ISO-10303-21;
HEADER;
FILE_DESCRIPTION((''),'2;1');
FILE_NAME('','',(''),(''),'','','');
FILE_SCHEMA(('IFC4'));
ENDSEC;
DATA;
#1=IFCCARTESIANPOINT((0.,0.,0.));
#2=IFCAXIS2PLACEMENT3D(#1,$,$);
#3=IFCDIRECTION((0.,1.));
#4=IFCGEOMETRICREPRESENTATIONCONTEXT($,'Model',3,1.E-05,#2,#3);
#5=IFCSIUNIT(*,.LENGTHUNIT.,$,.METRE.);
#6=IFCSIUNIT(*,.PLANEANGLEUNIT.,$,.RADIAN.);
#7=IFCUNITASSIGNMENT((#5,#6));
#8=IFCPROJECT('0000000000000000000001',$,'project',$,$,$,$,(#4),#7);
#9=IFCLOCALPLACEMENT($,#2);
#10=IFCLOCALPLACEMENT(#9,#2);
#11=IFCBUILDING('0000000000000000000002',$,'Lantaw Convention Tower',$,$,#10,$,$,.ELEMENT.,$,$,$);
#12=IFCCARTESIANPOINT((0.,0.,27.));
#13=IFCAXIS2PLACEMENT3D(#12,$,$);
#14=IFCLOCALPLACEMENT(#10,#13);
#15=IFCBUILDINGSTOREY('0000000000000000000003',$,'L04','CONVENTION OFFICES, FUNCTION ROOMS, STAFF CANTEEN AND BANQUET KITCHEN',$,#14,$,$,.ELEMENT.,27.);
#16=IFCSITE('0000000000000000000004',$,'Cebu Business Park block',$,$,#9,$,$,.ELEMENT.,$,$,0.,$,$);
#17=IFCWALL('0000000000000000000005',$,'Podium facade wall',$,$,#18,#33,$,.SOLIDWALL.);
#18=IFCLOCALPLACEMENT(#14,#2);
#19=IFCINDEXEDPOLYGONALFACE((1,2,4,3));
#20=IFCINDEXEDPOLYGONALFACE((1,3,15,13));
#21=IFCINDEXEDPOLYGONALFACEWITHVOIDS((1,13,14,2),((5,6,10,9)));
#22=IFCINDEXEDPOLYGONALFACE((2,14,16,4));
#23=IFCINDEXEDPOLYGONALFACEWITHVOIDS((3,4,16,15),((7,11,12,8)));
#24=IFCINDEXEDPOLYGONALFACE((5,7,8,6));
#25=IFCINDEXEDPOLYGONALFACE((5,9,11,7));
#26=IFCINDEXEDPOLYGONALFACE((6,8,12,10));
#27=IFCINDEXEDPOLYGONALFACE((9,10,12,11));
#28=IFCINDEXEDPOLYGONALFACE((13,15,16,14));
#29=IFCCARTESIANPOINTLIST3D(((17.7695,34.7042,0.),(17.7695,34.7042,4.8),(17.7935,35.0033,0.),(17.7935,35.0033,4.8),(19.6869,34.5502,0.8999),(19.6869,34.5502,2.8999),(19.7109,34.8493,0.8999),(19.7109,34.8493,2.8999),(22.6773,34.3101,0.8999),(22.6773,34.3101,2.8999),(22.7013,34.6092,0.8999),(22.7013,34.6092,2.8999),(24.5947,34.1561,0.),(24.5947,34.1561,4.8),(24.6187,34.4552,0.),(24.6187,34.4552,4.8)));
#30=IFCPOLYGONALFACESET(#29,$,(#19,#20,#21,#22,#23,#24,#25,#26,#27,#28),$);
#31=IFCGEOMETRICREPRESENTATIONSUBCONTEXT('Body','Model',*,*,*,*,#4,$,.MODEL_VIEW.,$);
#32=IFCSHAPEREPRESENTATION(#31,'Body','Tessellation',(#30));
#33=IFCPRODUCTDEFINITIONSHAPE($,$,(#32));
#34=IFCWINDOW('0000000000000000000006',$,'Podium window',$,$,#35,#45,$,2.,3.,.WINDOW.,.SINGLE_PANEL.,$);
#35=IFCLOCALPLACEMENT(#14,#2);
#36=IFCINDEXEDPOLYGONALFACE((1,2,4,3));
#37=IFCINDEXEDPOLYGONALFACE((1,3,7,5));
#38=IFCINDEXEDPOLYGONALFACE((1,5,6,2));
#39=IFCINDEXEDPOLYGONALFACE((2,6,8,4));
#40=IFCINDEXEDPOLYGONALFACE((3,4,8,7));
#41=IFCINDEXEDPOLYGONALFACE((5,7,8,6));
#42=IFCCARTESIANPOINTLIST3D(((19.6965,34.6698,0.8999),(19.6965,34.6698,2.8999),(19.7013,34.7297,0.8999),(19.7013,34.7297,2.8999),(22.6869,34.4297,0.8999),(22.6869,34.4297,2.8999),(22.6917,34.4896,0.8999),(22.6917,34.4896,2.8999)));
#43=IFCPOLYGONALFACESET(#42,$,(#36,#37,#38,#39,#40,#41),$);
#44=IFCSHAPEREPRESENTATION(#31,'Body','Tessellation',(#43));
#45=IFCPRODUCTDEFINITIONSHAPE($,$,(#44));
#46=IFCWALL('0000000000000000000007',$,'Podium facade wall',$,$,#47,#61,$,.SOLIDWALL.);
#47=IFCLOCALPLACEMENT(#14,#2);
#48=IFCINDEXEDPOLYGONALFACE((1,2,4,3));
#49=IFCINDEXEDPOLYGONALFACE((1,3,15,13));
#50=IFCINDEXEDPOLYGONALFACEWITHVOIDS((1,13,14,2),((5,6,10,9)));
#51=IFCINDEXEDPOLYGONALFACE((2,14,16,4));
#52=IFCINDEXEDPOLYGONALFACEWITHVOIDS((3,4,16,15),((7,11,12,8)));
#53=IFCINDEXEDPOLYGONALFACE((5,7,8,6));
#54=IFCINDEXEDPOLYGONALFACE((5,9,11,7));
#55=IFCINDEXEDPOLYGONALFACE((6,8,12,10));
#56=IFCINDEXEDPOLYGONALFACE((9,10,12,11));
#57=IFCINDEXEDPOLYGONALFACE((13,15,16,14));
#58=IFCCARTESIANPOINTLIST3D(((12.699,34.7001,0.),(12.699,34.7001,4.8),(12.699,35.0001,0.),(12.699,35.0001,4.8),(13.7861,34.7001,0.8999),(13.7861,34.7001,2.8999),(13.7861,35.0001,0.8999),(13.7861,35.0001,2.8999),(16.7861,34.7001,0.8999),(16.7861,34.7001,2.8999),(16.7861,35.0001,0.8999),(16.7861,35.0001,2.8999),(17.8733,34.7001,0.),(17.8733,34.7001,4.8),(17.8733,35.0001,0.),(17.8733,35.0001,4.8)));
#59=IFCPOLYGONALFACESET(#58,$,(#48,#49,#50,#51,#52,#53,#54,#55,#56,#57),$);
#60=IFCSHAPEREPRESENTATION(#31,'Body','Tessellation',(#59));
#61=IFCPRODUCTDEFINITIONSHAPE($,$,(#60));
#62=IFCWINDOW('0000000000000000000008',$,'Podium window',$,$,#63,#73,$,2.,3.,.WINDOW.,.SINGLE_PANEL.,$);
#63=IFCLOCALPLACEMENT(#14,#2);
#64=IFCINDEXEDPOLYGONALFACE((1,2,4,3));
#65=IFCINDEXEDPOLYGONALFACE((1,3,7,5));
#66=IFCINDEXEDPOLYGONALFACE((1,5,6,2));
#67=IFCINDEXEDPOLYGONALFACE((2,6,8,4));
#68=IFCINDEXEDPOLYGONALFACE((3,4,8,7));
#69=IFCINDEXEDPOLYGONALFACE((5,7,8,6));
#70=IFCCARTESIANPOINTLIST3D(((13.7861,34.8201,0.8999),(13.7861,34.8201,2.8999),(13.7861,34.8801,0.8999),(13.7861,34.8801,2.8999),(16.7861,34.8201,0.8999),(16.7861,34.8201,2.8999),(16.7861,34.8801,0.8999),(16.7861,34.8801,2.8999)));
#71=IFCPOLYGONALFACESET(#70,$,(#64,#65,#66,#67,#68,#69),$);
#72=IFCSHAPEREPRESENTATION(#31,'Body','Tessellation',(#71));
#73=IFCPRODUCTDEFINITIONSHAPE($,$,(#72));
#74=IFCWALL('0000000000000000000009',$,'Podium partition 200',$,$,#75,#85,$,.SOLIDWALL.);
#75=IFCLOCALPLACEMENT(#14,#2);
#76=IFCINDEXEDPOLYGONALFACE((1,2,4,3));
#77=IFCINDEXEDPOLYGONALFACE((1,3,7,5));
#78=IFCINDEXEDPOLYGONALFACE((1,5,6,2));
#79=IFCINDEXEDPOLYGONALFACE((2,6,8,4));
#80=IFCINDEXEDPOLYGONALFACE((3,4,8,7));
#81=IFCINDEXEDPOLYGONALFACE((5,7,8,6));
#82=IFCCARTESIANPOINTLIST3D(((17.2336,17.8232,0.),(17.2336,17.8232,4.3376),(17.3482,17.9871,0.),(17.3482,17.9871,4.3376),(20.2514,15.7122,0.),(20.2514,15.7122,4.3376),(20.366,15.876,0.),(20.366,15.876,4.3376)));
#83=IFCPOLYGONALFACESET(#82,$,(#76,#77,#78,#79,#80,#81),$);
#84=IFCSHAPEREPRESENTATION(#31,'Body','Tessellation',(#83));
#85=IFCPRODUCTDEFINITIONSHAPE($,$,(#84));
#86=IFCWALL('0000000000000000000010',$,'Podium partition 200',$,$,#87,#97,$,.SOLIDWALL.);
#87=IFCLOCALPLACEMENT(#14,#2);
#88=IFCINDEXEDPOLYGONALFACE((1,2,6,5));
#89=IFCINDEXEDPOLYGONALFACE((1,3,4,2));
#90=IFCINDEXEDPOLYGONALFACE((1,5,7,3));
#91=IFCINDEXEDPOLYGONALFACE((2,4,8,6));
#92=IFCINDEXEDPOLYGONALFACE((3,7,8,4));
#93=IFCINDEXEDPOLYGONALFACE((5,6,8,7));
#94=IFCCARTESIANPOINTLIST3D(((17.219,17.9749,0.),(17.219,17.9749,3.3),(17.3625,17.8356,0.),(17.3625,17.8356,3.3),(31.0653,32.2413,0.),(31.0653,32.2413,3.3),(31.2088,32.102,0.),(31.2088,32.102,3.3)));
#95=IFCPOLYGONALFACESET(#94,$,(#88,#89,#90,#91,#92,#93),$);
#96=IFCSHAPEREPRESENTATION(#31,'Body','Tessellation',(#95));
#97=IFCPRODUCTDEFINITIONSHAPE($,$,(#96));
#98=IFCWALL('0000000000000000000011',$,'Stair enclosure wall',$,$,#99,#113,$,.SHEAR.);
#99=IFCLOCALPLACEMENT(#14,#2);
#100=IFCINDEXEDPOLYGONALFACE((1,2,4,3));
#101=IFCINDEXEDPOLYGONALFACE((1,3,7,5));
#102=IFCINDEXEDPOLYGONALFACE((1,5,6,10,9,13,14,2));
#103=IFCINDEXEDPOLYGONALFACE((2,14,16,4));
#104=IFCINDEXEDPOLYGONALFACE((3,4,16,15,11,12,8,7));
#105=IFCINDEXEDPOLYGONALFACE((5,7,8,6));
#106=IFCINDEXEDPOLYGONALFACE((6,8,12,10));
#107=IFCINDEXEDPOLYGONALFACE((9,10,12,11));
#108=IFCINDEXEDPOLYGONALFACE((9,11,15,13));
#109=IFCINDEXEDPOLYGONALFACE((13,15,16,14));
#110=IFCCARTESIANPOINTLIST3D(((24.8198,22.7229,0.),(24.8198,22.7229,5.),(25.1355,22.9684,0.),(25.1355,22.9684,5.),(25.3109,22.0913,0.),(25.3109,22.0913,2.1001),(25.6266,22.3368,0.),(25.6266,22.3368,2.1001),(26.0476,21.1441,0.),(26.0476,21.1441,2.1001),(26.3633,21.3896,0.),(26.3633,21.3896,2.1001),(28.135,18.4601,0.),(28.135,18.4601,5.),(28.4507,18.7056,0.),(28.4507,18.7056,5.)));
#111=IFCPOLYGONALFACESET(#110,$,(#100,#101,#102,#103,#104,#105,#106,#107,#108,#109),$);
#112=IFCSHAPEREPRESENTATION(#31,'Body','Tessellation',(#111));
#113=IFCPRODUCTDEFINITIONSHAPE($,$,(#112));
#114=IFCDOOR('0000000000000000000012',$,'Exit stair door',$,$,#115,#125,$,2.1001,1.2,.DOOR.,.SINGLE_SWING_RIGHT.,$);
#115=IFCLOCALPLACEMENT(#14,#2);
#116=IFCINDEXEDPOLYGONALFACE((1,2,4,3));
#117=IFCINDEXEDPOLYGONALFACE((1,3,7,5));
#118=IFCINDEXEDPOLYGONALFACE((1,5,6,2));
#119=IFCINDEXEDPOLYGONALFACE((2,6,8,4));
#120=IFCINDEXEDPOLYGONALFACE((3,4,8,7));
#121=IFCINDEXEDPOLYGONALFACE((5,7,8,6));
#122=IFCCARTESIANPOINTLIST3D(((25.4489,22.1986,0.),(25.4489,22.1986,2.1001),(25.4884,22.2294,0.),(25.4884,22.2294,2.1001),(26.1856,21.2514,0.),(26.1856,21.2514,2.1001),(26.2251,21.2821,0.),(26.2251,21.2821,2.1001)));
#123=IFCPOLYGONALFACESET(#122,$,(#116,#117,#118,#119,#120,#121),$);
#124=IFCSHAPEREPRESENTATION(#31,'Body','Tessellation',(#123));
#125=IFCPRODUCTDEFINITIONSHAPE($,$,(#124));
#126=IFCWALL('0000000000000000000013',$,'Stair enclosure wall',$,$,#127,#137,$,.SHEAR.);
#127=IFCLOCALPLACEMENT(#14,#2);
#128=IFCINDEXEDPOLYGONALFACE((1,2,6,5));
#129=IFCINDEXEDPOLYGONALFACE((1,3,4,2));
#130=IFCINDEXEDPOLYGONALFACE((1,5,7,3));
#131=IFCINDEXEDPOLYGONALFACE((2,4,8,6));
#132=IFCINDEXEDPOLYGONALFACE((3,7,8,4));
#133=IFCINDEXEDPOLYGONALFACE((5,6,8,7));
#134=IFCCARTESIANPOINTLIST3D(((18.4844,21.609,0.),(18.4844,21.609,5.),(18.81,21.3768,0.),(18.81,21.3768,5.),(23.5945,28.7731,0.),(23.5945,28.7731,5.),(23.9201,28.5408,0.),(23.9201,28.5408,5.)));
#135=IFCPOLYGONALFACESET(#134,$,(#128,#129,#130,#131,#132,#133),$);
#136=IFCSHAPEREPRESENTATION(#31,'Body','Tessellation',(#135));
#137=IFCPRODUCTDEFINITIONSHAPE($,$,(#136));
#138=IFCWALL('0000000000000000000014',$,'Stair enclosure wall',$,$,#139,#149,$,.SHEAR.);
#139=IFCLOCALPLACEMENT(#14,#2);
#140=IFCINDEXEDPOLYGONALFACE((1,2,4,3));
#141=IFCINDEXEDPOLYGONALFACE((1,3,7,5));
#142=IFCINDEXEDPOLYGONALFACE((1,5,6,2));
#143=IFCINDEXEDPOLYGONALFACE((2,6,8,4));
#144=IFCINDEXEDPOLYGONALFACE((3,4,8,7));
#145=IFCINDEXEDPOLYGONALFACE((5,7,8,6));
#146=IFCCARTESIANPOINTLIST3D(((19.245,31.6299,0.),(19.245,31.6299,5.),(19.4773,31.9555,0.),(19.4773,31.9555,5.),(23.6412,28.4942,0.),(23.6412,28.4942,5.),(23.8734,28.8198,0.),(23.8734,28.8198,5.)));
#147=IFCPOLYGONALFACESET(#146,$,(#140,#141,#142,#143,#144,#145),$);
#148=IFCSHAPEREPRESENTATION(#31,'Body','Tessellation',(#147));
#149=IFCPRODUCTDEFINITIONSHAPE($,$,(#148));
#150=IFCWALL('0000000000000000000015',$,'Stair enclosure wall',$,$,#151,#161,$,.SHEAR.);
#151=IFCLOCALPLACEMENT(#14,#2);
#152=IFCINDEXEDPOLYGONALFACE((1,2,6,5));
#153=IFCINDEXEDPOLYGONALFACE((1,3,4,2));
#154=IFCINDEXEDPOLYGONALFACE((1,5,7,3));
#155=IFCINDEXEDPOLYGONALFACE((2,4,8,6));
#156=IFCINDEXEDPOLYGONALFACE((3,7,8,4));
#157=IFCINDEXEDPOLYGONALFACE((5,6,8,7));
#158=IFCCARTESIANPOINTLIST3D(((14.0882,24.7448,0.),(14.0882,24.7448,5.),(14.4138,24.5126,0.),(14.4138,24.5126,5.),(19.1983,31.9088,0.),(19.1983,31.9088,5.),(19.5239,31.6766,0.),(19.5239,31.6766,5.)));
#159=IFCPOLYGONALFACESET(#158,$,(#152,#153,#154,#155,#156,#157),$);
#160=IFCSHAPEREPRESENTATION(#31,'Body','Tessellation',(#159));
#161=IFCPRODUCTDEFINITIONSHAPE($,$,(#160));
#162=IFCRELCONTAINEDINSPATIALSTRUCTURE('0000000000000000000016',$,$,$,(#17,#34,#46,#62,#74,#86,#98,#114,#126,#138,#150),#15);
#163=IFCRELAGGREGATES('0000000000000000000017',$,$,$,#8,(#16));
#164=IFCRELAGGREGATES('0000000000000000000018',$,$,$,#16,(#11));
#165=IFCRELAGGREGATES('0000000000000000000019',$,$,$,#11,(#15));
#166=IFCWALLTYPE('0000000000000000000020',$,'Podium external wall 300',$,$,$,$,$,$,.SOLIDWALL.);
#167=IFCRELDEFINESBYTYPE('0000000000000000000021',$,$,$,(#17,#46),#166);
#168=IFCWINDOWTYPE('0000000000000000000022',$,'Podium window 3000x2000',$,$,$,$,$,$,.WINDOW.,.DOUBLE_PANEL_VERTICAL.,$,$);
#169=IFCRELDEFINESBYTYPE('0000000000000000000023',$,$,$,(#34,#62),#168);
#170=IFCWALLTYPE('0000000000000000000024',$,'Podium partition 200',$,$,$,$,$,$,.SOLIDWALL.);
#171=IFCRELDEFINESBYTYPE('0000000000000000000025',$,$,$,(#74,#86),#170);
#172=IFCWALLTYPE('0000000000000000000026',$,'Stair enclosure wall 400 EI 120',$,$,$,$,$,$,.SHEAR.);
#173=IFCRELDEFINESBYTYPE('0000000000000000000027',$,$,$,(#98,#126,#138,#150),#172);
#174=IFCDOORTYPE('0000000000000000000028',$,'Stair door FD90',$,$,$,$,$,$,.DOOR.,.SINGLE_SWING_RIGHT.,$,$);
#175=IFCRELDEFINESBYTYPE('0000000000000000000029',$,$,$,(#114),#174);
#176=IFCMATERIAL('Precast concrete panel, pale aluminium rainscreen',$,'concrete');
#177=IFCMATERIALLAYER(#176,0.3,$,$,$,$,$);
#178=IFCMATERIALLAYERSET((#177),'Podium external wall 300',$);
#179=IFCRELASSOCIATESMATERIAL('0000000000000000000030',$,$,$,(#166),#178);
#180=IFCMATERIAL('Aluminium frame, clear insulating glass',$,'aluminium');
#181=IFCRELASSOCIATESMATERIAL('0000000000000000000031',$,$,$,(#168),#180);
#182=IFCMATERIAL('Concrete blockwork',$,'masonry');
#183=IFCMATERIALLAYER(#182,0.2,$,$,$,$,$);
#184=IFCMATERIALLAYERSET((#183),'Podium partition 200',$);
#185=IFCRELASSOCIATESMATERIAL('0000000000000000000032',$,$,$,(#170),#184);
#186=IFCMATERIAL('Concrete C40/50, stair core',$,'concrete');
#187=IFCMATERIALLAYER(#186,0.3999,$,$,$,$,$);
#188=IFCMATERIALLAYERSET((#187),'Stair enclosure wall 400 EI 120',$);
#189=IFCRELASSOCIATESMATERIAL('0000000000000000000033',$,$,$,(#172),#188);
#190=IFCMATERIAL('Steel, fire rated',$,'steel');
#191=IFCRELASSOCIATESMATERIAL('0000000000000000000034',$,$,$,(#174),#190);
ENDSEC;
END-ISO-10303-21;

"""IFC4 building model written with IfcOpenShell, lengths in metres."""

from ifc_helpers import new_model, si_unit, direction, frame, frame_2d, origin, place, context, subcontext, project, spatial, rectangle, extrude, material, layer, layer_set, type_object, element, fill, save


model = new_model("IFC4")

# Units and contexts
model_context = context("Model", 3, precision=1e-05, world=origin(), true_north=direction((0.0, 1.0)))
body_context = subcontext(model_context, "Body", "Model", "MODEL_VIEW")
ifc_project = project(units=[si_unit("LENGTHUNIT", "METRE"), si_unit("PLANEANGLEUNIT", "RADIAN")], contexts=[model_context])

# Site, building, storey
site_placement = place(None, origin())
site = spatial("IfcSite", under=ifc_project, at=site_placement, Name="Cebu Business Park block", CompositionType="ELEMENT", RefElevation=0.0)
building_placement = place(site_placement, origin())
building = spatial("IfcBuilding", under=site, at=building_placement, Name="Lantaw Convention Tower", CompositionType="ELEMENT")
storey_placement = place(building_placement, frame((0.0, 0.0, 27.0)))
storey = spatial("IfcBuildingStorey", under=building, at=storey_placement, Name="L04", Description="CONVENTION OFFICES, FUNCTION ROOMS, STAFF CANTEEN AND BANQUET KITCHEN", CompositionType="ELEMENT", Elevation=27.0)

# Walls, openings, windows
ifc_material_1 = material(Name="Precast concrete panel, pale aluminium rainscreen", Category="concrete")
ifc_layer_1 = layer(ifc_material_1, 0.3)
ifc_layer_set_1 = layer_set([ifc_layer_1], Name="Podium external wall 300")
wall_type_1 = type_object("IfcWallType", Name="Podium external wall 300", PredefinedType="SOLIDWALL", material=ifc_layer_set_1)
wall_1_placement = place(storey_placement, frame((24.6067, 34.3057, 0.0), z_axis=(0.0, 0.0, 1.0), x_axis=(-0.996791, 0.080047, 0.0)))
wall_1 = element("IfcWall", 1, at=wall_1_placement, inside=storey, type_object=wall_type_1, Name="Podium facade wall", PredefinedType="SOLIDWALL", context=body_context, shape_type="SweptSolid", body=[
    extrude(rectangle(XDim=6.8472, YDim=0.3, at=frame_2d((3.4236, 0.0))), origin(), (0.0, 0.0, 1.0), 4.8),
])
opening_1_placement = place(wall_1_placement, frame((1.9236, 0.0, 0.8999)))
opening_1 = element("IfcOpeningElement", 2, at=opening_1_placement, cuts=wall_1, PredefinedType="OPENING", context=body_context, shape_type="SweptSolid", body=[
    extrude(rectangle(XDim=3.0, YDim=2.0, at=frame_2d((1.5, 1.0))), frame((0.0, 0.1599, 0.0), z_axis=(0.0, -1.0, 0.0), x_axis=(1.0, 0.0, 0.0)), (0.0, 0.0, 1.0), 0.3201),
])
ifc_material_2 = material(Name="Aluminium frame, clear insulating glass", Category="aluminium")
window_type = type_object("IfcWindowType", Name="Podium window 3000x2000", PartitioningType="DOUBLE_PANEL_VERTICAL", PredefinedType="WINDOW", material=ifc_material_2)
window_1_placement = place(opening_1_placement, origin())
window_1 = element("IfcWindow", 3, at=window_1_placement, inside=storey, type_object=window_type, Name="Podium window", OverallHeight=2.0, OverallWidth=3.0, PartitioningType="SINGLE_PANEL", PredefinedType="WINDOW", context=body_context, shape_type="SweptSolid", body=[
    extrude(rectangle(XDim=3.0, YDim=2.0, at=frame_2d((1.5, 1.0))), frame((0.0, 0.03, 0.0), z_axis=(0.0, -1.0, 0.0), x_axis=(1.0, 0.0, 0.0)), (0.0, 0.0, 1.0), 0.0601),
])
fill(opening_1, window_1)
wall_2_placement = place(storey_placement, frame((17.8733, 34.8501, 0.0), z_axis=(0.0, 0.0, 1.0), x_axis=(-1.0, 0.0, 0.0)))
wall_2 = element("IfcWall", 4, at=wall_2_placement, inside=storey, type_object=wall_type_1, Name="Podium facade wall", PredefinedType="SOLIDWALL", context=body_context, shape_type="SweptSolid", body=[
    extrude(rectangle(XDim=5.1743, YDim=0.3, at=frame_2d((2.5872, 0.0))), origin(), (0.0, 0.0, 1.0), 4.8),
])
opening_2_placement = place(wall_2_placement, frame((1.0872, 0.0, 0.8999)))
opening_2 = element("IfcOpeningElement", 5, at=opening_2_placement, cuts=wall_2, PredefinedType="OPENING", context=body_context, shape_type="SweptSolid", body=[
    extrude(rectangle(XDim=3.0, YDim=2.0, at=frame_2d((1.5, 1.0))), frame((0.0, 0.1599, 0.0), z_axis=(0.0, -1.0, 0.0), x_axis=(1.0, 0.0, 0.0)), (0.0, 0.0, 1.0), 0.3201),
])
window_2_placement = place(opening_2_placement, origin())
window_2 = element("IfcWindow", 6, at=window_2_placement, inside=storey, type_object=window_type, Name="Podium window", OverallHeight=2.0, OverallWidth=3.0, PartitioningType="SINGLE_PANEL", PredefinedType="WINDOW", context=body_context, shape_type="SweptSolid", body=[
    extrude(rectangle(XDim=3.0, YDim=2.0, at=frame_2d((1.5, 1.0))), frame((0.0, 0.03, 0.0), z_axis=(0.0, -1.0, 0.0), x_axis=(1.0, 0.0, 0.0)), (0.0, 0.0, 1.0), 0.0601),
])
fill(opening_2, window_2)

# Wall
ifc_material_3 = material(Name="Concrete blockwork", Category="masonry")
ifc_layer_2 = layer(ifc_material_3, 0.2)
ifc_layer_set_2 = layer_set([ifc_layer_2], Name="Podium partition 200")
wall_type_2 = type_object("IfcWallType", Name="Podium partition 200", PredefinedType="SOLIDWALL", material=ifc_layer_set_2)
wall_3_placement = place(storey_placement, frame((20.3086, 15.7942, 0.0), z_axis=(0.0, 0.0, 1.0), x_axis=(-0.819409, 0.573209, 0.0)))
element("IfcWall", 7, at=wall_3_placement, inside=storey, type_object=wall_type_2, Name="Podium partition 200", PredefinedType="SOLIDWALL", context=body_context, shape_type="SweptSolid", body=[
    extrude(rectangle(XDim=3.6829, YDim=0.2, at=frame_2d((1.8413, 0.0))), origin(), (0.0, 0.0, 1.0), 4.3376),
])

# Wall
wall_4_placement = place(storey_placement, frame((17.2908, 17.9053, 0.0), z_axis=(0.0, 0.0, 1.0), x_axis=(0.696461, 0.717595, 0.0)))
element("IfcWall", 8, at=wall_4_placement, inside=storey, type_object=wall_type_2, Name="Podium partition 200", PredefinedType="SOLIDWALL", context=body_context, shape_type="SweptSolid", body=[
    extrude(rectangle(XDim=19.8809, YDim=0.2, at=frame_2d((9.9404, 0.0))), origin(), (0.0, 0.0, 1.0), 3.3),
])

# Wall, opening, door
ifc_material_4 = material(Name="Concrete C40/50, stair core", Category="concrete")
ifc_layer_3 = layer(ifc_material_4, 0.3999)
ifc_layer_set_3 = layer_set([ifc_layer_3], Name="Stair enclosure wall 400 EI 120")
wall_type_3 = type_object("IfcWallType", Name="Stair enclosure wall 400 EI 120", PredefinedType="SHEAR", material=ifc_layer_set_3)
wall_5_placement = place(storey_placement, frame((24.9775, 22.8457, 0.0), z_axis=(0.0, 0.0, 1.0), x_axis=(0.613912, -0.789374, 0.0)))
wall_5 = element("IfcWall", 9, at=wall_5_placement, inside=storey, type_object=wall_type_3, Name="Stair enclosure wall", PredefinedType="SHEAR", context=body_context, shape_type="SweptSolid", body=[
    extrude(rectangle(XDim=5.4001, YDim=0.3999, at=frame_2d((2.7002, 0.0))), origin(), (0.0, 0.0, 1.0), 5.0),
])
opening_3_placement = place(wall_5_placement, frame((0.8, 0.0, 0.0)))
opening_3 = element("IfcOpeningElement", 10, at=opening_3_placement, cuts=wall_5, PredefinedType="OPENING", context=body_context, shape_type="SweptSolid", body=[
    extrude(rectangle(XDim=1.2, YDim=2.1001, at=frame_2d((0.6001, 1.05))), frame((0.0, 0.21, 0.0), z_axis=(0.0, -1.0, 0.0), x_axis=(1.0, 0.0, 0.0)), (0.0, 0.0, 1.0), 0.4199),
])
ifc_material_5 = material(Name="Steel, fire rated", Category="steel")
door_type_1 = type_object("IfcDoorType", Name="Stair door FD90", OperationType="SINGLE_SWING_RIGHT", PredefinedType="DOOR", material=ifc_material_5)
door_1_placement = place(opening_3_placement, origin())
door_1 = element("IfcDoor", 11, at=door_1_placement, inside=storey, type_object=door_type_1, Name="Exit stair door", OperationType="SINGLE_SWING_RIGHT", OverallHeight=2.1001, OverallWidth=1.2, PredefinedType="DOOR", context=body_context, shape_type="SweptSolid", body=[
    extrude(rectangle(XDim=1.2, YDim=2.1001, at=frame_2d((0.6001, 1.05))), frame((0.0, 0.0249, 0.0), z_axis=(0.0, -1.0, 0.0), x_axis=(1.0, 0.0, 0.0)), (0.0, 0.0, 1.0), 0.05),
])
fill(opening_3, door_1)

# Walls
wall_6_placement = place(storey_placement, frame((18.6472, 21.4929, 0.0), z_axis=(0.0, 0.0, 1.0), x_axis=(0.580705, 0.814114, 0.0)))
element("IfcWall", 12, at=wall_6_placement, inside=storey, type_object=wall_type_3, Name="Stair enclosure wall", PredefinedType="SHEAR", context=body_context, shape_type="SweptSolid", body=[
    extrude(rectangle(XDim=8.7998, YDim=0.3999, at=frame_2d((4.3999, 0.0))), origin(), (0.0, 0.0, 1.0), 5.0),
])
wall_7_placement = place(storey_placement, frame((23.7573, 28.657, 0.0), z_axis=(0.0, 0.0, 1.0), x_axis=(-0.814121, 0.580695, 0.0)))
element("IfcWall", 13, at=wall_7_placement, inside=storey, type_object=wall_type_3, Name="Stair enclosure wall", PredefinedType="SHEAR", context=body_context, shape_type="SweptSolid", body=[
    extrude(rectangle(XDim=5.3999, YDim=0.3999, at=frame_2d((2.7, 0.0))), origin(), (0.0, 0.0, 1.0), 5.0),
])
wall_8_placement = place(storey_placement, frame((19.3611, 31.7927, 0.0), z_axis=(0.0, 0.0, 1.0), x_axis=(-0.580705, -0.814114, 0.0)))
element("IfcWall", 14, at=wall_8_placement, inside=storey, type_object=wall_type_3, Name="Stair enclosure wall", PredefinedType="SHEAR", context=body_context, shape_type="SweptSolid", body=[
    extrude(rectangle(XDim=8.7998, YDim=0.3999, at=frame_2d((4.3999, 0.0))), origin(), (0.0, 0.0, 1.0), 5.0),
])

save(model, "model.ifc")
